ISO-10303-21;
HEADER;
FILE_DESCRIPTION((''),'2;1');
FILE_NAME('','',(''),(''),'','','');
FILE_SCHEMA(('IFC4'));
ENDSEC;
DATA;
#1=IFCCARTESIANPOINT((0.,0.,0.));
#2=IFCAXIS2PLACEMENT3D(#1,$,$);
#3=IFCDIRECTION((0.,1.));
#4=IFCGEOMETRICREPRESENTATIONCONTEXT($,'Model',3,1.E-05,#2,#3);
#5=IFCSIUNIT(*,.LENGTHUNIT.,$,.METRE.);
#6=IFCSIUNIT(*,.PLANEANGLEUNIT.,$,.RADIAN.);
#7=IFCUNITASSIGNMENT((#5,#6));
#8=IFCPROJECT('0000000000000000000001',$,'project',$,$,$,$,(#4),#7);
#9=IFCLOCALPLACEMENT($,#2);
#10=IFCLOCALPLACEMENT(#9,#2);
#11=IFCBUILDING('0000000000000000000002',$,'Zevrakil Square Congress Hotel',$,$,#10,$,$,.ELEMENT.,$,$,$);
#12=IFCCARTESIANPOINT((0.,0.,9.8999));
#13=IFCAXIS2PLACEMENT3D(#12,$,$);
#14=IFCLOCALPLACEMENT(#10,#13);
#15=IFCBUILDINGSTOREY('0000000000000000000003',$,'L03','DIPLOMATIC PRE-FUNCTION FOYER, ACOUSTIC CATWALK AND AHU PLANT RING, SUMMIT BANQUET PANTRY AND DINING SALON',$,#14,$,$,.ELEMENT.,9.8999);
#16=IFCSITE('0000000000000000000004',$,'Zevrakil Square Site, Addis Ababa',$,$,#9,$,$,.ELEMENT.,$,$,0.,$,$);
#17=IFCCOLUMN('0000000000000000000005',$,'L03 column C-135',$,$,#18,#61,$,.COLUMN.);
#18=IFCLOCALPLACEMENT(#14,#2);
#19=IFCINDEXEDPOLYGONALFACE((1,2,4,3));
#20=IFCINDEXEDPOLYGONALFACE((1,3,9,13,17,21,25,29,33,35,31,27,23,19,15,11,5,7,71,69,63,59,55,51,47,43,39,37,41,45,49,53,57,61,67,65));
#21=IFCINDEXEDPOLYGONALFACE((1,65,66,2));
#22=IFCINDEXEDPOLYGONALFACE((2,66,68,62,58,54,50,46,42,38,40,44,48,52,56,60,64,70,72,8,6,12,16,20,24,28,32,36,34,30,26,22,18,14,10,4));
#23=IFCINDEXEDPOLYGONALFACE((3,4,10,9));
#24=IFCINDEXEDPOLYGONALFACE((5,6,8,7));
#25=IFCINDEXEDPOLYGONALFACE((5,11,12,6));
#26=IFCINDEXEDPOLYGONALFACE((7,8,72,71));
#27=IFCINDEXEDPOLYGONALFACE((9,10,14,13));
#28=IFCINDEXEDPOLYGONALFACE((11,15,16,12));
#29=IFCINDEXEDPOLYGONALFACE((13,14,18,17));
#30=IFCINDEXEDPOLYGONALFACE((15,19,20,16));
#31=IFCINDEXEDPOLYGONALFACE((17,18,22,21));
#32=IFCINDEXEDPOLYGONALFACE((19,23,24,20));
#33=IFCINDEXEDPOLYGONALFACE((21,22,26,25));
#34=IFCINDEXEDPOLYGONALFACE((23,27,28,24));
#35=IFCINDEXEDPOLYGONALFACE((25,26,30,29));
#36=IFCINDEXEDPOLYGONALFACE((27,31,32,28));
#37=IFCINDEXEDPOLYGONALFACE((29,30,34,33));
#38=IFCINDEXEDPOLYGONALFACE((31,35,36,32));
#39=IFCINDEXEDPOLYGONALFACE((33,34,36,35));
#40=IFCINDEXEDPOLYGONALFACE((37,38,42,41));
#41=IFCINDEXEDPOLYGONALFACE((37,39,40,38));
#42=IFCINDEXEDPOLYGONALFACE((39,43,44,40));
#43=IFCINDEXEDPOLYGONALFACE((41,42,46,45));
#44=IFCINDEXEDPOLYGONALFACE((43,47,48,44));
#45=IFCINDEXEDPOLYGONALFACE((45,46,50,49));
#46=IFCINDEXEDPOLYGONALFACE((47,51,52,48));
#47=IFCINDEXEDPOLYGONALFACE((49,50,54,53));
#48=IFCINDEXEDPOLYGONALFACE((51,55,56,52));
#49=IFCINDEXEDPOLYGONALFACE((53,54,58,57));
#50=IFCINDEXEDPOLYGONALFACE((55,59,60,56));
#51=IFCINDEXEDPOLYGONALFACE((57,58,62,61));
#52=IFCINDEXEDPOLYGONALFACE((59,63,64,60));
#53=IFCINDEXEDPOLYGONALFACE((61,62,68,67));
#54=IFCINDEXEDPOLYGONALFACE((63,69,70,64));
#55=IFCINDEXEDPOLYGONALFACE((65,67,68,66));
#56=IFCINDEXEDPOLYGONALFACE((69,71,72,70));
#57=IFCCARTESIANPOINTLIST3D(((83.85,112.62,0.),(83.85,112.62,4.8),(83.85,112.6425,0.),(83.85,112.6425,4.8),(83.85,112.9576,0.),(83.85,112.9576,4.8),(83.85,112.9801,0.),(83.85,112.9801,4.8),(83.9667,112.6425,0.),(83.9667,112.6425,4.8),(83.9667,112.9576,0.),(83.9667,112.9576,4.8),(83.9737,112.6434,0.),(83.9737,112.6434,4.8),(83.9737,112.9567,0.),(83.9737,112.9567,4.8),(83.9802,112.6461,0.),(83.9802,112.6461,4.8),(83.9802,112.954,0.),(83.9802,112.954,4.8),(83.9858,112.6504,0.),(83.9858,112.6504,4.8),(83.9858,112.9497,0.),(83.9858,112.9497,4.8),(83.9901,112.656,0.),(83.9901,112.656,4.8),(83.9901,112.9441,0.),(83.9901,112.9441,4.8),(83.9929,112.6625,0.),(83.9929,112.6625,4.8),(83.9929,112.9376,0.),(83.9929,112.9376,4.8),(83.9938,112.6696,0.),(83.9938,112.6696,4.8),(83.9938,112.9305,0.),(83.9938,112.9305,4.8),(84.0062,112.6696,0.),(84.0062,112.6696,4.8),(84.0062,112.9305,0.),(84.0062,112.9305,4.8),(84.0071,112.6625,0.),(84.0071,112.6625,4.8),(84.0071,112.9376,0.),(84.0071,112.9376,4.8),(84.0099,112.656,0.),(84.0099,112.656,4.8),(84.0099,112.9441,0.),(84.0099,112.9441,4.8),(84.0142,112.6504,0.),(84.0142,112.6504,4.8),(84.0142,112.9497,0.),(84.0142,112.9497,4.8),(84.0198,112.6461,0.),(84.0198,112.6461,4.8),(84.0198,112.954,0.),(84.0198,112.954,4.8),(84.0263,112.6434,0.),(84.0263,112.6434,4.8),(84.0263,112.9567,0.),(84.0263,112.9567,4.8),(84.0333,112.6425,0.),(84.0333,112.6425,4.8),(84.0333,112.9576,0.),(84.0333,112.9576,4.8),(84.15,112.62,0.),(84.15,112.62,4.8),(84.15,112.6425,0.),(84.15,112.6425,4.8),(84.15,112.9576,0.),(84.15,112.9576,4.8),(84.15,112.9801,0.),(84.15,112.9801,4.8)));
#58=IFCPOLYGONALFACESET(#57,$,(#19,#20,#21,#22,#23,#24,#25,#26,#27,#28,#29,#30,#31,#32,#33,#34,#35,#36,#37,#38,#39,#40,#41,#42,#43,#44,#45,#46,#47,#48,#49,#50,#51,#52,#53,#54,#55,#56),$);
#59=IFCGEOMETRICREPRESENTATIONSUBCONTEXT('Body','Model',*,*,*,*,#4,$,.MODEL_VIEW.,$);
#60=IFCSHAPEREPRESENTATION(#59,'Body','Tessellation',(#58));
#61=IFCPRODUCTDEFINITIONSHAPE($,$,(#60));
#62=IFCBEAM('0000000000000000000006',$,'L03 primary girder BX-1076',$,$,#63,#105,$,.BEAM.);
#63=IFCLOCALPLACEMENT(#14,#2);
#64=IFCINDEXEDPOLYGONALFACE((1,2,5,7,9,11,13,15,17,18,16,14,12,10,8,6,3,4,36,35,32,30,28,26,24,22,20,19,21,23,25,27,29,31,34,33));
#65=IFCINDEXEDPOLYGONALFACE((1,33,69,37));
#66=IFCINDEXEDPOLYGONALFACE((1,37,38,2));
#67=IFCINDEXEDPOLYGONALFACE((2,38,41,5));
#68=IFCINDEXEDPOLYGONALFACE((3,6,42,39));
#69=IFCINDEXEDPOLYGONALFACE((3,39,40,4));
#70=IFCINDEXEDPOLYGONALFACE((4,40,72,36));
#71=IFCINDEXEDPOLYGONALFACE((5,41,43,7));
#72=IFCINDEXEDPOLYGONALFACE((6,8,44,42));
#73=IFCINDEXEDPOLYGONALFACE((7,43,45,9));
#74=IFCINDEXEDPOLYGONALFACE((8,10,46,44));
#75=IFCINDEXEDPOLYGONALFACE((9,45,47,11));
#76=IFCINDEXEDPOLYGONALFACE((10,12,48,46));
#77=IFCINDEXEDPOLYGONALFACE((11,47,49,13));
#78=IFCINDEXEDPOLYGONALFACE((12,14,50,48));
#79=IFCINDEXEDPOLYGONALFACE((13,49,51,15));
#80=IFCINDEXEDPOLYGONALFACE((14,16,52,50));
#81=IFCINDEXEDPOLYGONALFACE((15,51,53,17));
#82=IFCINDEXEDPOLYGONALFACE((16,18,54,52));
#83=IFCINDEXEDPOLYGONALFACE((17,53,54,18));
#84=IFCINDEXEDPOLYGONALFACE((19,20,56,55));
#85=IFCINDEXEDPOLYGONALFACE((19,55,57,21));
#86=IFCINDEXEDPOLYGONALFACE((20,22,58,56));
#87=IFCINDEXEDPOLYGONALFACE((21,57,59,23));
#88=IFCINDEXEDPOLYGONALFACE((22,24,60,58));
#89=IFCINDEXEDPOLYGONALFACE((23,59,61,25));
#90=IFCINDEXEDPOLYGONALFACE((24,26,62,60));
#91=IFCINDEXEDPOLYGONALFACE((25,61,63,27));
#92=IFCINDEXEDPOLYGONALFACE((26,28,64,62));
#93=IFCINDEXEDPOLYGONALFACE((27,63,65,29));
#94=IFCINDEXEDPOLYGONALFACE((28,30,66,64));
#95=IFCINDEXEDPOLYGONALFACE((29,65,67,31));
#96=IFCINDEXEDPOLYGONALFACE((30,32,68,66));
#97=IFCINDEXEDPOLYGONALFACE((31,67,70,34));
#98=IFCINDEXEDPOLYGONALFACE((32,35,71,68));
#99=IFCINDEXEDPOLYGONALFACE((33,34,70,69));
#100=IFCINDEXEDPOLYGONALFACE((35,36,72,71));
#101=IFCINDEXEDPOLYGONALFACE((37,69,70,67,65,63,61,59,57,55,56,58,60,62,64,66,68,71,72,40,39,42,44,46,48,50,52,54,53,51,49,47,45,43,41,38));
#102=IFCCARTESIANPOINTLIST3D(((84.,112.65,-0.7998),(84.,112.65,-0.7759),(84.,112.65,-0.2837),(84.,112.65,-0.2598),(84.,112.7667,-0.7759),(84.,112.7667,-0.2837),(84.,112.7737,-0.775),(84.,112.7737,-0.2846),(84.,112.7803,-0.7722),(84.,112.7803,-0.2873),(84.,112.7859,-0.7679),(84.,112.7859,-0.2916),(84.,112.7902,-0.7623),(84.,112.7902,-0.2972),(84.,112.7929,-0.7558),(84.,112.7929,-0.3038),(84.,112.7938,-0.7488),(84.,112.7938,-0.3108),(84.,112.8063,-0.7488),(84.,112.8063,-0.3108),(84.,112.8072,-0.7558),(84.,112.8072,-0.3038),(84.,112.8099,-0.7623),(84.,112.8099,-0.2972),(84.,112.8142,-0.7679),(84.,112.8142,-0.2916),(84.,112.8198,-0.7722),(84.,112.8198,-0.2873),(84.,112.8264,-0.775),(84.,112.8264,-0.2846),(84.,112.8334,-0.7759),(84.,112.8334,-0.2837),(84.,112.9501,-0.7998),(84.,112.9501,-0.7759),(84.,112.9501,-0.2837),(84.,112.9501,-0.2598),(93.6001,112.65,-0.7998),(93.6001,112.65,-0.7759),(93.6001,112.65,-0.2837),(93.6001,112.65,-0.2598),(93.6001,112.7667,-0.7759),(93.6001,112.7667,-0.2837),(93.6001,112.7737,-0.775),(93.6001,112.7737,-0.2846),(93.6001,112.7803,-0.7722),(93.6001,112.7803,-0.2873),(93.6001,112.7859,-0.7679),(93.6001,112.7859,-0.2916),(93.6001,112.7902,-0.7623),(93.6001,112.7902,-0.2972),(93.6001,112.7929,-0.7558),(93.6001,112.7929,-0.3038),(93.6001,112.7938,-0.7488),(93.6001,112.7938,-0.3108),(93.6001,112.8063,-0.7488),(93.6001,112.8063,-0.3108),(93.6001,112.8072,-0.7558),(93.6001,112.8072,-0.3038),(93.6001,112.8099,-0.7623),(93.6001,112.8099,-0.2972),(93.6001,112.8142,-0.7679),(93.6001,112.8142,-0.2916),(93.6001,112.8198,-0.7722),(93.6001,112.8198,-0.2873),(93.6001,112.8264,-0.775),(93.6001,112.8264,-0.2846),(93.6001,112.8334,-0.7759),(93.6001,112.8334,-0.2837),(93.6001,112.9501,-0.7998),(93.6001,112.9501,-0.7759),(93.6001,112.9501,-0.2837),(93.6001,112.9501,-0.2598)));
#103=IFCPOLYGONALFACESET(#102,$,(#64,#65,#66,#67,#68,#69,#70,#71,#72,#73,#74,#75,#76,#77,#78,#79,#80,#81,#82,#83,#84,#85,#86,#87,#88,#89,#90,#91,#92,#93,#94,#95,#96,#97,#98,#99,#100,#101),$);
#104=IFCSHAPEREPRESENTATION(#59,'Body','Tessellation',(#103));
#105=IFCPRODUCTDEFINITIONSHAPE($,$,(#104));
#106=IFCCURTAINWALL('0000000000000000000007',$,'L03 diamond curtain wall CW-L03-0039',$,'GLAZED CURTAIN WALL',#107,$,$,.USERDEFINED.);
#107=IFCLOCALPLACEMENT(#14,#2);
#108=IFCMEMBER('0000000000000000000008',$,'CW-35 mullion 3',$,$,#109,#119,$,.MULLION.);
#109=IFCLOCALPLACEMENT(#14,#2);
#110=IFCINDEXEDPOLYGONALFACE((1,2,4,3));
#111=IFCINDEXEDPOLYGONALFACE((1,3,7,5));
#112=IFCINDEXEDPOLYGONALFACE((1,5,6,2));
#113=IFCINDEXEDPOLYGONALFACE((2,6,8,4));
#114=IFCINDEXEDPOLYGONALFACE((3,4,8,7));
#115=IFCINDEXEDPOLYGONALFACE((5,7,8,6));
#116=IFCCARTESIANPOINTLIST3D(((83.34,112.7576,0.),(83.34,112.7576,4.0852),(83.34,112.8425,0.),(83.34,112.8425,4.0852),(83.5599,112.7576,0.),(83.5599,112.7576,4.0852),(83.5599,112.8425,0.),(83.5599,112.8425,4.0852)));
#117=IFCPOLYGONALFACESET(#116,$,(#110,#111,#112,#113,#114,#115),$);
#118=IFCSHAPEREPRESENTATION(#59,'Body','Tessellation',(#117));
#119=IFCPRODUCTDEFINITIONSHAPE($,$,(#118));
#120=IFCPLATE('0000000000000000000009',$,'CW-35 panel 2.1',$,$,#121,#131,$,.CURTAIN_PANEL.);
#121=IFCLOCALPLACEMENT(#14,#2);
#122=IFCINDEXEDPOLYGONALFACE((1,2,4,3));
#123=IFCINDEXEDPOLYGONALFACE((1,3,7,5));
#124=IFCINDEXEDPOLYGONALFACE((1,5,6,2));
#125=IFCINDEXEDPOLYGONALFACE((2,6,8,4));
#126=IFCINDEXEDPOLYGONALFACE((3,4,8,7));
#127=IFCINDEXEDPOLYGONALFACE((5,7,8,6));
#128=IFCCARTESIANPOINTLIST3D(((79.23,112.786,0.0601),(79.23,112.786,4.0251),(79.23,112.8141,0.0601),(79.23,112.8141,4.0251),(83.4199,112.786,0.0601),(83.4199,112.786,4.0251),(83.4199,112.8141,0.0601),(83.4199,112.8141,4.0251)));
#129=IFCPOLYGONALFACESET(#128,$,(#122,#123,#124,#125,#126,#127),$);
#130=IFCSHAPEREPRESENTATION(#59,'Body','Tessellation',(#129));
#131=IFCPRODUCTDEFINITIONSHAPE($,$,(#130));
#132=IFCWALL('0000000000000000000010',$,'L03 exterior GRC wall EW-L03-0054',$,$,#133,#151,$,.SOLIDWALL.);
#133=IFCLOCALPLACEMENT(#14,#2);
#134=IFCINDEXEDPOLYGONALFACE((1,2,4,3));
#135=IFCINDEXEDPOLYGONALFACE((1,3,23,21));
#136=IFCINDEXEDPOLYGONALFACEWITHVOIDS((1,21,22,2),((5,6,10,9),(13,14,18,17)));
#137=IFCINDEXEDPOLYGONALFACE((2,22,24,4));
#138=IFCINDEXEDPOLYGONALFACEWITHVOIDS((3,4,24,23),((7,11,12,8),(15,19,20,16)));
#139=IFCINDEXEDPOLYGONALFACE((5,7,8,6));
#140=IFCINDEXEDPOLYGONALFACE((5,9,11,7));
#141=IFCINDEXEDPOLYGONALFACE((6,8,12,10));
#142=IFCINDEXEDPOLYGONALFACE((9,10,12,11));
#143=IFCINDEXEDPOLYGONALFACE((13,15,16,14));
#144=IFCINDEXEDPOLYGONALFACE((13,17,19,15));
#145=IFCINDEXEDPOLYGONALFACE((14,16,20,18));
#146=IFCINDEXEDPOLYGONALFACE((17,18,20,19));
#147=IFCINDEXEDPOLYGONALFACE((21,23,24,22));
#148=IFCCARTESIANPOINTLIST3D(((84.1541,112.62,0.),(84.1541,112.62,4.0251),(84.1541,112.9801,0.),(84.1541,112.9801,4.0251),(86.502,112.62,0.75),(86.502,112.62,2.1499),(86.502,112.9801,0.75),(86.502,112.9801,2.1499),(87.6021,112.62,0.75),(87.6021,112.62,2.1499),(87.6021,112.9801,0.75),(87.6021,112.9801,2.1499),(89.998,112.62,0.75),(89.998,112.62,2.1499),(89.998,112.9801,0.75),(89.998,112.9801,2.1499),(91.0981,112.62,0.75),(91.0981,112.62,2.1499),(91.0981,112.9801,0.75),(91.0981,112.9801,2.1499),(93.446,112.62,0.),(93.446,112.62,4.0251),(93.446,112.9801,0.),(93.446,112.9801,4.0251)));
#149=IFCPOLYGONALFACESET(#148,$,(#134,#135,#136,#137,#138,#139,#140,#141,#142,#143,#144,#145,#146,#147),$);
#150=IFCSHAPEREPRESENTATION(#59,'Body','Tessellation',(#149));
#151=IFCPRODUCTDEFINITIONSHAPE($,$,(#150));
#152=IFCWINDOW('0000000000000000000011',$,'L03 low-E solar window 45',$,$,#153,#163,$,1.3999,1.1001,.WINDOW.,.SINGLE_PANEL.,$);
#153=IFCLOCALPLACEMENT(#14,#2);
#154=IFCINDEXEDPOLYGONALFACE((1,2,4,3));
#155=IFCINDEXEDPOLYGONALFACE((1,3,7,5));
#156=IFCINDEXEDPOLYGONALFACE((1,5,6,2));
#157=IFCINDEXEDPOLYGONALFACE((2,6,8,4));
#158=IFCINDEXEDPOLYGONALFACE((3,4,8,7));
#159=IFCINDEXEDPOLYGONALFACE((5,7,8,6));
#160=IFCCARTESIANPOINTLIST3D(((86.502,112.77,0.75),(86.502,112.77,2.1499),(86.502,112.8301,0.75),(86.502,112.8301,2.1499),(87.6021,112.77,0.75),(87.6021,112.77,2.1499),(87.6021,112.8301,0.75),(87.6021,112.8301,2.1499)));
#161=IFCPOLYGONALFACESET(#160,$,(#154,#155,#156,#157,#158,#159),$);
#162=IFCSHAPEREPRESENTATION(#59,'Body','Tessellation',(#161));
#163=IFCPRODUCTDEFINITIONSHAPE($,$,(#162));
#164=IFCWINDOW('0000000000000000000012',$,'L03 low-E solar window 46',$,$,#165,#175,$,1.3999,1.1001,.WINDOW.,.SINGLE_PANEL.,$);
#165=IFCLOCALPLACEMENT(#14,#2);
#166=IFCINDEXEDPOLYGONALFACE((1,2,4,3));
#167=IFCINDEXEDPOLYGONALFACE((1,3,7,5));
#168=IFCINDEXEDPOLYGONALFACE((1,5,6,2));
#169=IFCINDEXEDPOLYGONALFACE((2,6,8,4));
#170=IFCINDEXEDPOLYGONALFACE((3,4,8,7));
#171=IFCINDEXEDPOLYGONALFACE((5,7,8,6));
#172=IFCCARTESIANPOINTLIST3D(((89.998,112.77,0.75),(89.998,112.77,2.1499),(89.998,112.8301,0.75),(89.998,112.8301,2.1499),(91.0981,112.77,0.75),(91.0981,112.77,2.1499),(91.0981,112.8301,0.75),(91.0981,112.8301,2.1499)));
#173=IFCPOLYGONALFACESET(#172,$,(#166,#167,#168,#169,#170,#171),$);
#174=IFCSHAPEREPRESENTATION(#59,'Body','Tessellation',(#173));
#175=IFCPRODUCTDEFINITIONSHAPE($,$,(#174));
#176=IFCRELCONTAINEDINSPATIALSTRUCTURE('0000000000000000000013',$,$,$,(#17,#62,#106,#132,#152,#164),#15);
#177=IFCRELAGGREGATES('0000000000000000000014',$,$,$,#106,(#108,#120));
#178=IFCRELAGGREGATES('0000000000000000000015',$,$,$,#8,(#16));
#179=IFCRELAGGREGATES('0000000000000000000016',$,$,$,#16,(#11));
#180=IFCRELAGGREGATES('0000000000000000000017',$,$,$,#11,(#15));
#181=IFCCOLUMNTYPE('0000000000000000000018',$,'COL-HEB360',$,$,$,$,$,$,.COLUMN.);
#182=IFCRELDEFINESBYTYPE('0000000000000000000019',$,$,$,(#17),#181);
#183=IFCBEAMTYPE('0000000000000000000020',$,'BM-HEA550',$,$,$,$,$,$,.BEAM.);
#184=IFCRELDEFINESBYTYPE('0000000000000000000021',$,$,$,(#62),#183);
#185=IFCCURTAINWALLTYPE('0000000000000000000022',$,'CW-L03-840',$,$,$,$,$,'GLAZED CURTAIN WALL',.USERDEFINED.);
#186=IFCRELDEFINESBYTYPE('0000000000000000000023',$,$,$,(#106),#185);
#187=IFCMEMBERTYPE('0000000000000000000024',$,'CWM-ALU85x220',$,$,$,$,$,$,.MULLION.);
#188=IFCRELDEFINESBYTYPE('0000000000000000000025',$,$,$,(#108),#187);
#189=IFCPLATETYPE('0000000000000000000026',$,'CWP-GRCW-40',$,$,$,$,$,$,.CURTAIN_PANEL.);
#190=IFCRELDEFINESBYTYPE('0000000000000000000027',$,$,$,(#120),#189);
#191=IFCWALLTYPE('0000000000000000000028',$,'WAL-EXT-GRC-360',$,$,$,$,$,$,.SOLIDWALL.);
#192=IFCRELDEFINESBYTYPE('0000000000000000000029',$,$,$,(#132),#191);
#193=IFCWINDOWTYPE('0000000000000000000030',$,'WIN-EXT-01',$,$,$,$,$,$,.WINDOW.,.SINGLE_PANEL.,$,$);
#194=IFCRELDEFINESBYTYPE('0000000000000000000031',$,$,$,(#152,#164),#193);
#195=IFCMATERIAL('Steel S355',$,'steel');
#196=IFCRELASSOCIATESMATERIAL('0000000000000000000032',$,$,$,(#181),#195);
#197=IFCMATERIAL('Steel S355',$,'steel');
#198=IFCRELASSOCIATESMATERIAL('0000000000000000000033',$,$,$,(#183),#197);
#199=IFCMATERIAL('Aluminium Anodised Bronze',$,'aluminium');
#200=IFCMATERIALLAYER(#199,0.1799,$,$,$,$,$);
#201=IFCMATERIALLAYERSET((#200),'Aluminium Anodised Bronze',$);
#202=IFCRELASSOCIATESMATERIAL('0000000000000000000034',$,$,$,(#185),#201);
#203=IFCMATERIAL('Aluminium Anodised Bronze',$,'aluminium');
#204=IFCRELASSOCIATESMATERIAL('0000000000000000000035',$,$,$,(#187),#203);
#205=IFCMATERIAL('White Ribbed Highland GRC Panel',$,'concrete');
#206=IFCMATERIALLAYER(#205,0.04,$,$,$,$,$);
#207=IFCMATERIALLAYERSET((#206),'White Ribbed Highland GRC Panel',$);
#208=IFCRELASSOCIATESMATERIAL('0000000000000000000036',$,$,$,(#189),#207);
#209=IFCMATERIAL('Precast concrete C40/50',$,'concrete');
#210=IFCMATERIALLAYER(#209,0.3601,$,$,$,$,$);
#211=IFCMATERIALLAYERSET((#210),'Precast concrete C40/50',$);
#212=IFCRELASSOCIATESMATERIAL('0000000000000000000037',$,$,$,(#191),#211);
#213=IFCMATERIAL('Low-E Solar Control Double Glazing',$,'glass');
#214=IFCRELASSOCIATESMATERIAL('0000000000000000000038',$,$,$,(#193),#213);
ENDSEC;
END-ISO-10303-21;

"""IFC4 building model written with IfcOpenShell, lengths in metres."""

from ifc_helpers import new_model, si_unit, direction, frame, frame_2d, origin, origin_2d, place, context, subcontext, project, spatial, rectangle, i_section, extrude, material, layer, layer_set, material_profile, profile_set, type_object, element, fill, aggregate, save


model = new_model("IFC4")

# Units and contexts
model_context = context("Model", 3, precision=1e-05, world=origin(), true_north=direction((0.0, 1.0)))
body_context = subcontext(model_context, "Body", "Model", "MODEL_VIEW")
ifc_project = project(units=[si_unit("LENGTHUNIT", "METRE"), si_unit("PLANEANGLEUNIT", "RADIAN")], contexts=[model_context])

# Site, building, storey
site_placement = place(None, origin())
site = spatial("IfcSite", under=ifc_project, at=site_placement, Name="Zevrakil Square Site, Addis Ababa", CompositionType="ELEMENT", RefElevation=0.0)
building_placement = place(site_placement, origin())
building = spatial("IfcBuilding", under=site, at=building_placement, Name="Zevrakil Square Congress Hotel", CompositionType="ELEMENT")
storey_placement = place(building_placement, frame((0.0, 0.0, 9.8999)))
storey = spatial("IfcBuildingStorey", under=building, at=storey_placement, Name="L03", Description="DIPLOMATIC PRE-FUNCTION FOYER, ACOUSTIC CATWALK AND AHU PLANT RING, SUMMIT BANQUET PANTRY AND DINING SALON", CompositionType="ELEMENT", Elevation=9.8999)

# Column
ifc_material_1 = material(Name="Steel S355", Category="steel")
ifc_material_profile_1 = material_profile(ifc_material_1, i_section(OverallWidth=0.3, OverallDepth=0.3601, WebThickness=0.0125, FlangeThickness=0.0225, FilletRadius=0.0271, at=origin_2d()), Name="HEB 360")
ifc_profile_set_1 = profile_set([ifc_material_profile_1], Name="Steel S355")
column_type = type_object("IfcColumnType", Name="COL-HEB360", PredefinedType="COLUMN", material=ifc_profile_set_1)
column_placement = place(storey_placement, frame((84.0, 112.8, 0.0), z_axis=(0.0, 0.0, 1.0), x_axis=(1.0, 0.0, 0.0)))
element("IfcColumn", 1, at=column_placement, inside=storey, type_object=column_type, Name="L03 column C-135", PredefinedType="COLUMN", context=body_context, shape_type="SweptSolid", body=[
    extrude(i_section(OverallWidth=0.3, OverallDepth=0.3601, WebThickness=0.0125, FlangeThickness=0.0225, FilletRadius=0.0271, at=origin_2d()), origin(), (0.0, 0.0, 1.0), 4.8),
])

# Beam
ifc_material_2 = material(Name="Steel S355", Category="steel")
ifc_material_profile_2 = material_profile(ifc_material_2, i_section(OverallWidth=0.3, OverallDepth=0.54, WebThickness=0.0125, FlangeThickness=0.0239, FilletRadius=0.0271, at=origin_2d()), Name="HEA 550")
ifc_profile_set_2 = profile_set([ifc_material_profile_2], Name="Steel S355")
beam_type = type_object("IfcBeamType", Name="BM-HEA550", PredefinedType="BEAM", material=ifc_profile_set_2)
beam_placement = place(storey_placement, frame((84.0, 112.8, -0.5298), z_axis=(1.0, 0.0, 0.0), x_axis=(0.0, 1.0, 0.0)))
element("IfcBeam", 2, at=beam_placement, inside=storey, type_object=beam_type, Name="L03 primary girder BX-1076", PredefinedType="BEAM", context=body_context, shape_type="SweptSolid", body=[
    extrude(i_section(OverallWidth=0.3, OverallDepth=0.54, WebThickness=0.0125, FlangeThickness=0.0239, FilletRadius=0.0271, at=origin_2d()), origin(), (0.0, 0.0, 1.0), 9.6001),
])

# Curtain wall, member, plate
ifc_material_3 = material(Name="Aluminium Anodised Bronze", Category="aluminium")
ifc_layer_1 = layer(ifc_material_3, 0.1799)
ifc_layer_set_1 = layer_set([ifc_layer_1], Name="Aluminium Anodised Bronze")
curtain_wall_type = type_object("IfcCurtainWallType", Name="CW-L03-840", ElementType="GLAZED CURTAIN WALL", PredefinedType="USERDEFINED", material=ifc_layer_set_1)
curtain_wall_placement = place(storey_placement, origin())
curtain_wall = element("IfcCurtainWall", 3, at=curtain_wall_placement, inside=storey, type_object=curtain_wall_type, Name="L03 diamond curtain wall CW-L03-0039", ObjectType="GLAZED CURTAIN WALL", PredefinedType="USERDEFINED")
ifc_material_4 = material(Name="Aluminium Anodised Bronze", Category="aluminium")
ifc_material_profile_3 = material_profile(ifc_material_4, rectangle(XDim=0.085, YDim=0.22, at=origin_2d()), Name="ALU 85x220")
ifc_profile_set_3 = profile_set([ifc_material_profile_3], Name="Aluminium Anodised Bronze")
member_type = type_object("IfcMemberType", Name="CWM-ALU85x220", PredefinedType="MULLION", material=ifc_profile_set_3)
member_placement = place(storey_placement, frame((83.45, 112.8, 0.0), z_axis=(0.0, 0.0, 1.0), x_axis=(0.0, 1.0, 0.0)))
member = element("IfcMember", 4, at=member_placement, type_object=member_type, Name="CW-35 mullion 3", PredefinedType="MULLION", context=body_context, shape_type="SweptSolid", body=[
    extrude(rectangle(XDim=0.085, YDim=0.22, at=origin_2d()), origin(), (0.0, 0.0, 1.0), 4.0852),
])
ifc_material_5 = material(Name="White Ribbed Highland GRC Panel", Category="concrete")
ifc_layer_2 = layer(ifc_material_5, 0.04)
ifc_layer_set_2 = layer_set([ifc_layer_2], Name="White Ribbed Highland GRC Panel")
plate_type = type_object("IfcPlateType", Name="CWP-GRCW-40", PredefinedType="CURTAIN_PANEL", material=ifc_layer_set_2)
plate_placement = place(storey_placement, frame((81.325, 112.8, 0.0601), z_axis=(0.0, 0.0, 1.0), x_axis=(1.0, 0.0, 0.0)))
plate = element("IfcPlate", 5, at=plate_placement, type_object=plate_type, Name="CW-35 panel 2.1", PredefinedType="CURTAIN_PANEL", context=body_context, shape_type="SweptSolid", body=[
    extrude(rectangle(XDim=4.1899, YDim=0.0281, at=origin_2d()), origin(), (0.0, 0.0, 1.0), 3.9651),
])
aggregate(curtain_wall, [member, plate])

# Wall, openings, windows
ifc_material_6 = material(Name="Precast concrete C40/50", Category="concrete")
ifc_layer_3 = layer(ifc_material_6, 0.3601)
ifc_layer_set_3 = layer_set([ifc_layer_3], Name="Precast concrete C40/50")
wall_type = type_object("IfcWallType", Name="WAL-EXT-GRC-360", PredefinedType="SOLIDWALL", material=ifc_layer_set_3)
wall_placement = place(storey_placement, frame((84.1541, 112.8, 0.0), z_axis=(0.0, 0.0, 1.0), x_axis=(1.0, 0.0, 0.0)))
wall = element("IfcWall", 6, at=wall_placement, inside=storey, type_object=wall_type, Name="L03 exterior GRC wall EW-L03-0054", PredefinedType="SOLIDWALL", context=body_context, shape_type="SweptSolid", body=[
    extrude(rectangle(XDim=9.292, YDim=0.3601, at=frame_2d((4.646, 0.0))), origin(), (0.0, 0.0, 1.0), 4.0251),
])
opening_1_placement = place(wall_placement, frame((2.3479, 0.0, 0.75)))
opening_1 = element("IfcOpeningElement", 7, at=opening_1_placement, cuts=wall, PredefinedType="OPENING", context=body_context, shape_type="SweptSolid", body=[
    extrude(rectangle(XDim=1.1001, YDim=1.3999, at=frame_2d((0.55, 0.7))), frame((0.0, 0.1899, 0.0), z_axis=(0.0, -1.0, 0.0), x_axis=(1.0, 0.0, 0.0)), (0.0, 0.0, 1.0), 0.3801),
])
opening_2_placement = place(wall_placement, frame((5.844, 0.0, 0.75)))
opening_2 = element("IfcOpeningElement", 8, at=opening_2_placement, cuts=wall, PredefinedType="OPENING", context=body_context, shape_type="SweptSolid", body=[
    extrude(rectangle(XDim=1.1001, YDim=1.3999, at=frame_2d((0.55, 0.7))), frame((0.0, 0.1899, 0.0), z_axis=(0.0, -1.0, 0.0), x_axis=(1.0, 0.0, 0.0)), (0.0, 0.0, 1.0), 0.3801),
])
ifc_material_7 = material(Name="Low-E Solar Control Double Glazing", Category="glass")
window_type = type_object("IfcWindowType", Name="WIN-EXT-01", PartitioningType="SINGLE_PANEL", PredefinedType="WINDOW", material=ifc_material_7)
window_1_placement = place(opening_1_placement, origin())
window_1 = element("IfcWindow", 9, at=window_1_placement, inside=storey, type_object=window_type, Name="L03 low-E solar window 45", OverallHeight=1.3999, OverallWidth=1.1001, PartitioningType="SINGLE_PANEL", PredefinedType="WINDOW", context=body_context, shape_type="SweptSolid", body=[
    extrude(rectangle(XDim=1.1001, YDim=1.3999, at=frame_2d((0.55, 0.7))), frame((0.0, 0.03, 0.0), z_axis=(0.0, -1.0, 0.0), x_axis=(1.0, 0.0, 0.0)), (0.0, 0.0, 1.0), 0.0601),
])
fill(opening_1, window_1)
window_2_placement = place(opening_2_placement, origin())
window_2 = element("IfcWindow", 10, at=window_2_placement, inside=storey, type_object=window_type, Name="L03 low-E solar window 46", OverallHeight=1.3999, OverallWidth=1.1001, PartitioningType="SINGLE_PANEL", PredefinedType="WINDOW", context=body_context, shape_type="SweptSolid", body=[
    extrude(rectangle(XDim=1.1001, YDim=1.3999, at=frame_2d((0.55, 0.7))), frame((0.0, 0.03, 0.0), z_axis=(0.0, -1.0, 0.0), x_axis=(1.0, 0.0, 0.0)), (0.0, 0.0, 1.0), 0.0601),
])
fill(opening_2, window_2)

save(model, "model.ifc")
